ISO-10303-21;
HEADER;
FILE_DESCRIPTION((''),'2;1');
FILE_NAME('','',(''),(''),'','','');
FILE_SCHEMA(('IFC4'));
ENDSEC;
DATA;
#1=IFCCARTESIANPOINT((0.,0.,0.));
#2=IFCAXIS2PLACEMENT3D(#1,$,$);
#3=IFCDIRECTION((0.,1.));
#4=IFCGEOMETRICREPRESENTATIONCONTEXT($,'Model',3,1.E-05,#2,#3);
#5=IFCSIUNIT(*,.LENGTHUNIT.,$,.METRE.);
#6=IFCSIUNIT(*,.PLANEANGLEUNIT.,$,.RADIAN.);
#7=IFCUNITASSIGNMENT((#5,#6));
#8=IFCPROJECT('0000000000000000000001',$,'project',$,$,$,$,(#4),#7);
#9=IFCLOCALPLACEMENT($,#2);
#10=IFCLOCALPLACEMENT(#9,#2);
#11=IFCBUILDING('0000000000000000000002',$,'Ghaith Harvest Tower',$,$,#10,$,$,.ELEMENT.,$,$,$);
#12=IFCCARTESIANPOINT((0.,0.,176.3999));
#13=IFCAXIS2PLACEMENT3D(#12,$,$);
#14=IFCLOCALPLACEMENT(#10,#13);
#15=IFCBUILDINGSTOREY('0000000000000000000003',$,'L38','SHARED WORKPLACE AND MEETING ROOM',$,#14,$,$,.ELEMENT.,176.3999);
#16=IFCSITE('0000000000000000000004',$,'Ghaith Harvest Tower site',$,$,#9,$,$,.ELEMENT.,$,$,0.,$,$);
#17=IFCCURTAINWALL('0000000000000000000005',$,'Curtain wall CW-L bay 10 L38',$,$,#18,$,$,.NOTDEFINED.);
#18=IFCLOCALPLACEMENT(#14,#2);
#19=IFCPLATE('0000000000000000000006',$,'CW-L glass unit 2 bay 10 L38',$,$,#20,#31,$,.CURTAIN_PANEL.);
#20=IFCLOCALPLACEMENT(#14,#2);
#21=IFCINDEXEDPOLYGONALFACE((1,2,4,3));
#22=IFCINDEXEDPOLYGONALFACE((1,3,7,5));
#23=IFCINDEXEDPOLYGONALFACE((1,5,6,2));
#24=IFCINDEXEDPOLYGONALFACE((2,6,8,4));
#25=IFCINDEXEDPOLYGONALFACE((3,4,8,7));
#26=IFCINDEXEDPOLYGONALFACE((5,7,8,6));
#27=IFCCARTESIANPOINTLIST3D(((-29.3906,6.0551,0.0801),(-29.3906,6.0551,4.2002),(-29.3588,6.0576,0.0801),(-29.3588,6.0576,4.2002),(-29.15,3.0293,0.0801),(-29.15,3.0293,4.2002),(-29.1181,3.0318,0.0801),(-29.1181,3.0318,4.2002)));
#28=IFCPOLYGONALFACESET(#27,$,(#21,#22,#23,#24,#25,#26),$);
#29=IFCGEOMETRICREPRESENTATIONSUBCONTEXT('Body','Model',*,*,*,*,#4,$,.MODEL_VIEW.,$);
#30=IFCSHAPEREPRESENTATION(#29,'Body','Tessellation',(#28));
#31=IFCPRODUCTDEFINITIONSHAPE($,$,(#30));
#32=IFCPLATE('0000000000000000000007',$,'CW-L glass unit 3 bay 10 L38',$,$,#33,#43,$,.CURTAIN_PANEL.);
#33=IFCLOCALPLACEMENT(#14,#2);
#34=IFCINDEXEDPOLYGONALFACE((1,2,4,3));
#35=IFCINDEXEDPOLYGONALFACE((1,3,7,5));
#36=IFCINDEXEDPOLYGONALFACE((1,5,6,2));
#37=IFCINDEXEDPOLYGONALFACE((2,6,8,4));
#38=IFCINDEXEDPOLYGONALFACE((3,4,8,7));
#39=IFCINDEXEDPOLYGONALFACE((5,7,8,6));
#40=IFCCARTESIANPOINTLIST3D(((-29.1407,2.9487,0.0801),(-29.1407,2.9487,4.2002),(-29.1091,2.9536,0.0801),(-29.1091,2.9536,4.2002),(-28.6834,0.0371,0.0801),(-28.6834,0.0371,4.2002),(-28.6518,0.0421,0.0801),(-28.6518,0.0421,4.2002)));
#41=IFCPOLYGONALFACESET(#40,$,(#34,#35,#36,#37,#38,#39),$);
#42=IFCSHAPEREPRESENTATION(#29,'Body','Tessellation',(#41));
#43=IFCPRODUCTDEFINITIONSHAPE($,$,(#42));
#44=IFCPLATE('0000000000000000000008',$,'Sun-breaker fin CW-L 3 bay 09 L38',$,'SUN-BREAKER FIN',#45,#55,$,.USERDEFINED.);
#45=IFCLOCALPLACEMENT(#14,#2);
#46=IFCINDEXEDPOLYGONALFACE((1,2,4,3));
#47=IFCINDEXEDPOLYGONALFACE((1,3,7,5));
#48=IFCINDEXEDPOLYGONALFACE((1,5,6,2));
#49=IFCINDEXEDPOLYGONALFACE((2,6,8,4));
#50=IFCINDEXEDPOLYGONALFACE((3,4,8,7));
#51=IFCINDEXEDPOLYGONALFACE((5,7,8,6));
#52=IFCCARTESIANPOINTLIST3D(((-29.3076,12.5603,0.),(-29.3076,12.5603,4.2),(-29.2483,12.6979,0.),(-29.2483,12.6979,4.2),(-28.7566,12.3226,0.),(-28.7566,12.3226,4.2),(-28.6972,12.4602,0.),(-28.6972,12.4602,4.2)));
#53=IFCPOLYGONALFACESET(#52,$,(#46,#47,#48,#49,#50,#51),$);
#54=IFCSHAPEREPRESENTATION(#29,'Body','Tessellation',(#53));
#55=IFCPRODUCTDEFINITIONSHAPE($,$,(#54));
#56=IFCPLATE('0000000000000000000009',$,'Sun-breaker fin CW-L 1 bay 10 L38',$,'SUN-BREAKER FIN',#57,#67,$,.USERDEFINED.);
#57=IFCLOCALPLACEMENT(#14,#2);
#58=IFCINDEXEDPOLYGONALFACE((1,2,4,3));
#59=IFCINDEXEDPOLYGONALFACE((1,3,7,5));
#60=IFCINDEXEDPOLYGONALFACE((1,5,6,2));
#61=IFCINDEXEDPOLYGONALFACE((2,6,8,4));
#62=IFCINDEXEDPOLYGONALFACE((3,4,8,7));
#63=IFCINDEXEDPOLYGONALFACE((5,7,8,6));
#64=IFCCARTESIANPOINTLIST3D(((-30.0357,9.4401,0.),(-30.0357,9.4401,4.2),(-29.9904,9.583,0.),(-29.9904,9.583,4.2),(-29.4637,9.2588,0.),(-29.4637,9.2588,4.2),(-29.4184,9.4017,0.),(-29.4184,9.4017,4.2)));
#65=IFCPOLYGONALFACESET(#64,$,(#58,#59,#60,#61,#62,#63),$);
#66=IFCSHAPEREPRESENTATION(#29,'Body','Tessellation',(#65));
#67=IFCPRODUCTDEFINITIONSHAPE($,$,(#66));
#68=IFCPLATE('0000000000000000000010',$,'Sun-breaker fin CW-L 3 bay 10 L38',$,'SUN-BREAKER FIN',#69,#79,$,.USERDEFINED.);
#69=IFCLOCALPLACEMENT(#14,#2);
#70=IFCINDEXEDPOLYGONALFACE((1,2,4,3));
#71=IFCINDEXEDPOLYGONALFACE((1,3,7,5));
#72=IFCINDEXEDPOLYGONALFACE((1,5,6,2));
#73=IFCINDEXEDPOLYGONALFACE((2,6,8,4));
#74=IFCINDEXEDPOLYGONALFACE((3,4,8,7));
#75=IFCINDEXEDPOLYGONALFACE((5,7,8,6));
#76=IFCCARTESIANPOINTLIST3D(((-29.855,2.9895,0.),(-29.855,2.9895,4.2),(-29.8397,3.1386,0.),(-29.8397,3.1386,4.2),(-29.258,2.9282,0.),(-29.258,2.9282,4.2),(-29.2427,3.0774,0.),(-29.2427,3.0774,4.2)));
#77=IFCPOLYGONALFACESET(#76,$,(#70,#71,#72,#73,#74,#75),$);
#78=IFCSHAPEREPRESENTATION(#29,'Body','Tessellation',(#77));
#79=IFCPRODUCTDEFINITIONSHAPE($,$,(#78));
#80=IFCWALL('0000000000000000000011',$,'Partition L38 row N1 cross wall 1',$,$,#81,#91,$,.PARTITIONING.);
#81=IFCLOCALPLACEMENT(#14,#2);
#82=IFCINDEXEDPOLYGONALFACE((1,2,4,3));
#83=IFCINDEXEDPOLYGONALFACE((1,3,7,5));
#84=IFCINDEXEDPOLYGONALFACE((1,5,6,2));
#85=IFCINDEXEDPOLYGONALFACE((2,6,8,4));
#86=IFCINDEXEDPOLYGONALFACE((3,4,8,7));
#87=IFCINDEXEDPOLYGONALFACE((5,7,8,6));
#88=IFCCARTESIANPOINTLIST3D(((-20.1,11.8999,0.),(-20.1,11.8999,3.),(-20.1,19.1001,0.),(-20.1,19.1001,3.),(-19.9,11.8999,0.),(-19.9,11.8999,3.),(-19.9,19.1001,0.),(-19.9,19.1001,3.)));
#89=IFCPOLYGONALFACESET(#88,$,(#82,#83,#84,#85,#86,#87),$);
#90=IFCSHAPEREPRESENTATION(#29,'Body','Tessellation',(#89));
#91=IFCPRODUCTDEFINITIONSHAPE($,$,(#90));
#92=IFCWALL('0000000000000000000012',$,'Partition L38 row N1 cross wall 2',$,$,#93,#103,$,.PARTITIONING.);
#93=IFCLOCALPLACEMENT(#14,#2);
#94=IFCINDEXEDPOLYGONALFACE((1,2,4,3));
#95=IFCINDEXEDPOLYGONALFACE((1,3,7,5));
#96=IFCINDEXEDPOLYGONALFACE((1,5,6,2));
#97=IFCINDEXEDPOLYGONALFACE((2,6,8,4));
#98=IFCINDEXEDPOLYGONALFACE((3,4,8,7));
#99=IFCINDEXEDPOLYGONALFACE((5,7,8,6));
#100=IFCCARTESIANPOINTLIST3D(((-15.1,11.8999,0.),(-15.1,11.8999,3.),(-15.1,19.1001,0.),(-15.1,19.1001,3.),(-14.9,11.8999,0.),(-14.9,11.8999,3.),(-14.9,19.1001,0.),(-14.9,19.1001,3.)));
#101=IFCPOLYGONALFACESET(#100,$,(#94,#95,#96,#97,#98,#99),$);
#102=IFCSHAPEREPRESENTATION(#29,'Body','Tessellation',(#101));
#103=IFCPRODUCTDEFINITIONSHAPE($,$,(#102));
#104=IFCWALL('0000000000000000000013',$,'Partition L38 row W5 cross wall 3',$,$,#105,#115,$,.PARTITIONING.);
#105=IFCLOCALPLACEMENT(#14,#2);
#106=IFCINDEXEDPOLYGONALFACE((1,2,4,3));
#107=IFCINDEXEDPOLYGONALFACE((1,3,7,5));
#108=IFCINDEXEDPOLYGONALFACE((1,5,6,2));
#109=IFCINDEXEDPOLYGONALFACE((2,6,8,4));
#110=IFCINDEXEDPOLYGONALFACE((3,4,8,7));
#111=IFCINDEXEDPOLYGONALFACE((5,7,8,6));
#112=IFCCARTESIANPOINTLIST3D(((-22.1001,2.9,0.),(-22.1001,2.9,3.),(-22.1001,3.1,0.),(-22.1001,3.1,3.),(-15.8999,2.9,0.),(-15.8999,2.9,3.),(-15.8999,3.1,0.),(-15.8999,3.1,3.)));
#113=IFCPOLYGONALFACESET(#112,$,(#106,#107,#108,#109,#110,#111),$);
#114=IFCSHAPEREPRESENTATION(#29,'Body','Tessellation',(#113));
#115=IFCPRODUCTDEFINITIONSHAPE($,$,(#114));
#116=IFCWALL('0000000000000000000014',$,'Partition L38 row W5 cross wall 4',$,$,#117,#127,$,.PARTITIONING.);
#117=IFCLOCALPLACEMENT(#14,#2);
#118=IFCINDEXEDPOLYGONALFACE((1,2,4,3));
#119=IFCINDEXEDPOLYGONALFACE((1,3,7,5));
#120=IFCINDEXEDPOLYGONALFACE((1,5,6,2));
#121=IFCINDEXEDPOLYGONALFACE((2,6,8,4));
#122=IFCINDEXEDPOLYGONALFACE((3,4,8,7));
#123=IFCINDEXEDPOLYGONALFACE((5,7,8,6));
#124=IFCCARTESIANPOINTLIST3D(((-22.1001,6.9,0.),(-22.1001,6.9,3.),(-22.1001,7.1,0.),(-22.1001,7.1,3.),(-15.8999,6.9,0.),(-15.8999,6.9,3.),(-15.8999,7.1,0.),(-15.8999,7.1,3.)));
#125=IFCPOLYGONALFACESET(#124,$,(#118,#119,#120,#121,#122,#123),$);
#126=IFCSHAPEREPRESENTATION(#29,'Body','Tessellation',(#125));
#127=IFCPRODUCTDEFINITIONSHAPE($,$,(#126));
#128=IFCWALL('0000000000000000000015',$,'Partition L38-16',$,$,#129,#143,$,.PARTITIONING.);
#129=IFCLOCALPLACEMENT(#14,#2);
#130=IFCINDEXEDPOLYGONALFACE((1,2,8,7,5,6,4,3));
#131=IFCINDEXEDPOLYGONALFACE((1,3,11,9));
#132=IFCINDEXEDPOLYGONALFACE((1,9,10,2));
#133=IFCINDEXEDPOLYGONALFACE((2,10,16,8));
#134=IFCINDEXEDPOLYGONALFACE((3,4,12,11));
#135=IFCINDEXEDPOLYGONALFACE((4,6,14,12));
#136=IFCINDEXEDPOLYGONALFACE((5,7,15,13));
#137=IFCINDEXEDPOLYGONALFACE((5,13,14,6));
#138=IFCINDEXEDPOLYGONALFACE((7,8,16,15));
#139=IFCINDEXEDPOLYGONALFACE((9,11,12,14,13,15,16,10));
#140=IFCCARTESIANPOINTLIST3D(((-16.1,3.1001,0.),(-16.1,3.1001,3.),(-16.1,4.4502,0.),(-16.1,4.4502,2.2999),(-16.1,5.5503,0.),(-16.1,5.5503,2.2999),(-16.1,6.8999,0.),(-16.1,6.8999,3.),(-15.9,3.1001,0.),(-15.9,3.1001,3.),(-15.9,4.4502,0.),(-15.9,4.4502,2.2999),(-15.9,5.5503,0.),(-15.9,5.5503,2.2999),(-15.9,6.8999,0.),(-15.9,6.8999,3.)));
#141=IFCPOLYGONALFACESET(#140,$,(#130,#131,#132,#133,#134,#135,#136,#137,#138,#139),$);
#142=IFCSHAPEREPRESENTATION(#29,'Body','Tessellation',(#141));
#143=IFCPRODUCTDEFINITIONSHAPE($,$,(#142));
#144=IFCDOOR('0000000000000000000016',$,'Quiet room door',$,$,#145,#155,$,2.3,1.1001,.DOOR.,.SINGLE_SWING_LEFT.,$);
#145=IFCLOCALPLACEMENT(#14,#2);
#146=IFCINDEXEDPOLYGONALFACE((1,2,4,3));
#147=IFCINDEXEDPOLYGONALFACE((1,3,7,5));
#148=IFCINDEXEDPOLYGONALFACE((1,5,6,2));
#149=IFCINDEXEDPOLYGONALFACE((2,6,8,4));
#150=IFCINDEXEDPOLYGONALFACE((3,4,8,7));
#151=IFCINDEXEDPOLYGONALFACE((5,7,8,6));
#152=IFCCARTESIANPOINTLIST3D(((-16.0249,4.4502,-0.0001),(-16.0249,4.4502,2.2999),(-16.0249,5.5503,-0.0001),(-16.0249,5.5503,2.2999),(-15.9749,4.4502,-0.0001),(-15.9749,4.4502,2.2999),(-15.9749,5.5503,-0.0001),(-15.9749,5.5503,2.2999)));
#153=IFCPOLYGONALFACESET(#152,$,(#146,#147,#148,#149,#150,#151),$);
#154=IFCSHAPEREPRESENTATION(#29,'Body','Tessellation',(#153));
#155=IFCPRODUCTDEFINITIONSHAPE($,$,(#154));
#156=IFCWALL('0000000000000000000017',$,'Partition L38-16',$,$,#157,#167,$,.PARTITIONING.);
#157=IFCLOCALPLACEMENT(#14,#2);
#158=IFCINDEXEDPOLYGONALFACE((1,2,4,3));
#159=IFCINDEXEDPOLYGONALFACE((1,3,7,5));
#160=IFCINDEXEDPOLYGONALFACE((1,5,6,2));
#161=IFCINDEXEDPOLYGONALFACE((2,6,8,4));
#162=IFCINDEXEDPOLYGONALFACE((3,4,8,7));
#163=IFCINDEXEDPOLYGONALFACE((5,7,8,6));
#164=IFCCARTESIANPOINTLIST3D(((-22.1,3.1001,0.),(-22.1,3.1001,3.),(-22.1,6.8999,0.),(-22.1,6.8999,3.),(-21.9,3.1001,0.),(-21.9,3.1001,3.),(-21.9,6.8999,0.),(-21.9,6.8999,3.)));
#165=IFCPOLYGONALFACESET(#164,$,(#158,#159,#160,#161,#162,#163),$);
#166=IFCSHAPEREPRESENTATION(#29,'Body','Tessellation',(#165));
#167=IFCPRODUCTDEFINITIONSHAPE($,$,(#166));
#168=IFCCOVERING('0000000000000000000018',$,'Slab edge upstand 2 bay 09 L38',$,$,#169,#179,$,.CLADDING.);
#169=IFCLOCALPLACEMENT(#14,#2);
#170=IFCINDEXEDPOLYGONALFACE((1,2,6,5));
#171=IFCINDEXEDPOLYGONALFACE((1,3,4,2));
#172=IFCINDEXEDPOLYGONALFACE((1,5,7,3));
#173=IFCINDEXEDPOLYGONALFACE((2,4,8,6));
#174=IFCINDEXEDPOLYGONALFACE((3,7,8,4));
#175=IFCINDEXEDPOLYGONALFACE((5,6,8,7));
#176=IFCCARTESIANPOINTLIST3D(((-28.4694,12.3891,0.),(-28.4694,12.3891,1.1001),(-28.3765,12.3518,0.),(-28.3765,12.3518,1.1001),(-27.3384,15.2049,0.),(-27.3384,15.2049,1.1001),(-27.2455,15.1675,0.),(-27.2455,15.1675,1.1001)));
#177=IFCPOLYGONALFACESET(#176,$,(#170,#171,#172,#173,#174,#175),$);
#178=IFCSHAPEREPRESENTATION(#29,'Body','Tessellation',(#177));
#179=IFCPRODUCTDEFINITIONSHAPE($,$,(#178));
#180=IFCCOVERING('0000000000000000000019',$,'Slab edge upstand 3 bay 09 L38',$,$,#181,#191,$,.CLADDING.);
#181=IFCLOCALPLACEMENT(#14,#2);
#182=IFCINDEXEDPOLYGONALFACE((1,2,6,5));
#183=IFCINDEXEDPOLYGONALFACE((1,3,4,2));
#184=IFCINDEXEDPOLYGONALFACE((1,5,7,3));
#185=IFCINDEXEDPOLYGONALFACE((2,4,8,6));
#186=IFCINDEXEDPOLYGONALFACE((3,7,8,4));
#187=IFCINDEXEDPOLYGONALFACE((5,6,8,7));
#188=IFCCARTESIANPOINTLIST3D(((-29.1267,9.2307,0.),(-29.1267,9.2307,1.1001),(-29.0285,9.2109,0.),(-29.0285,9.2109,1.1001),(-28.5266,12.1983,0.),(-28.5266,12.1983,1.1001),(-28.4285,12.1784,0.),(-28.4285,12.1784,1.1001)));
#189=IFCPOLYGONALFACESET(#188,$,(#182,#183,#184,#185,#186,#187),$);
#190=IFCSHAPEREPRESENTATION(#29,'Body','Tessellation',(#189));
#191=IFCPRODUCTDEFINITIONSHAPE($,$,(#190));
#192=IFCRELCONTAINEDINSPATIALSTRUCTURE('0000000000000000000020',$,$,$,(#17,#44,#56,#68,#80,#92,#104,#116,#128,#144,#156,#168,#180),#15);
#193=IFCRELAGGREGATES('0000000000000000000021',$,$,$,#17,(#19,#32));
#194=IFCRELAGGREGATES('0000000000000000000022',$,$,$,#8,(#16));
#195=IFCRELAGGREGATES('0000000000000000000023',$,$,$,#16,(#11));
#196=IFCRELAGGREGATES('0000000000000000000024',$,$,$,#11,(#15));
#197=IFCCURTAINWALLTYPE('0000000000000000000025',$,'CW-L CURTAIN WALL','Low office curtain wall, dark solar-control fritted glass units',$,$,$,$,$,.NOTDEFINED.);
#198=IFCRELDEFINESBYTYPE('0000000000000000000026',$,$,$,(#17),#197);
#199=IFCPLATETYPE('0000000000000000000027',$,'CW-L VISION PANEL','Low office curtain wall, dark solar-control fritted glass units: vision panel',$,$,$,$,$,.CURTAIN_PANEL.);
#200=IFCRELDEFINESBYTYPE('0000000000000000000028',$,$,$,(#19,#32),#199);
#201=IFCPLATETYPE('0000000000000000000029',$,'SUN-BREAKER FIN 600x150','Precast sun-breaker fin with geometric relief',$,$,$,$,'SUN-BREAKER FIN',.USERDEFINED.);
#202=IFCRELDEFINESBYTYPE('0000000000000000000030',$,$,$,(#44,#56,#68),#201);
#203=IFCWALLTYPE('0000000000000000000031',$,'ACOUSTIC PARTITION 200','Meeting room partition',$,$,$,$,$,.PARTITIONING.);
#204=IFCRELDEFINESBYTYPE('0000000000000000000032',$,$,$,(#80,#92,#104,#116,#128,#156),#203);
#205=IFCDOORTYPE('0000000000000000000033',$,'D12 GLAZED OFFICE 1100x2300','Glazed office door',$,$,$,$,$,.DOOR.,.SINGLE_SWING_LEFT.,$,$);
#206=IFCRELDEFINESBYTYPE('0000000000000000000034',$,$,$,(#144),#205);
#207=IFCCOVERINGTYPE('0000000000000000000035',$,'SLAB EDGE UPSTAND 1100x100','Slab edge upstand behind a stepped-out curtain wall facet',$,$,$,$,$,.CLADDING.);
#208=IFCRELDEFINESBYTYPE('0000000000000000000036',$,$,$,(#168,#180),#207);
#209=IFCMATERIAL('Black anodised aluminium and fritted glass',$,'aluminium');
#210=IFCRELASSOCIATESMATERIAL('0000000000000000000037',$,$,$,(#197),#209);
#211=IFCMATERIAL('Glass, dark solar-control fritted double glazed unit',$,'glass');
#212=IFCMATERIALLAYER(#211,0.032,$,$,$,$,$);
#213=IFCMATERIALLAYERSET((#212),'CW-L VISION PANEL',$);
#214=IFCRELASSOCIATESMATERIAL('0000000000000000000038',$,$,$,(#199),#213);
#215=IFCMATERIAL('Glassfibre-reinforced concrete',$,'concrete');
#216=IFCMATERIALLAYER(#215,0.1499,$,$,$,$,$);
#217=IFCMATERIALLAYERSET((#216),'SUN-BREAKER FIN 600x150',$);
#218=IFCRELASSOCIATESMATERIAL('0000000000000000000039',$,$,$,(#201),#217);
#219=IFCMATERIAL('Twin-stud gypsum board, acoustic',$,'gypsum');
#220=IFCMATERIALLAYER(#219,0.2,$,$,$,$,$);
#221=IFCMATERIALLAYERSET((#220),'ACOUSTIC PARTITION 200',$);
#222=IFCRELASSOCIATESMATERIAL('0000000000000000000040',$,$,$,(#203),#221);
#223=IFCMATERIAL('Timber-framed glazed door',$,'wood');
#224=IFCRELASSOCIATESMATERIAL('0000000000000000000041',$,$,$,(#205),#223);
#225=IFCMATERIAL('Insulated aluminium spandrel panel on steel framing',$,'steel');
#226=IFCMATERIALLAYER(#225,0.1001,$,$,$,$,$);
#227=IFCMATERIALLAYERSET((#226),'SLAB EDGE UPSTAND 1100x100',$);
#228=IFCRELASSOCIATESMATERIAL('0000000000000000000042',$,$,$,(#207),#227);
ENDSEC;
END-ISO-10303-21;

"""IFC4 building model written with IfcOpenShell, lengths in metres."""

from ifc_helpers import new_model, si_unit, direction, frame, frame_2d, origin, origin_2d, place, context, subcontext, project, spatial, rectangle, extrude, material, layer, layer_set, type_object, element, fill, aggregate, save


model = new_model("IFC4")

# Units and contexts
model_context = context("Model", 3, precision=1e-05, world=origin(), true_north=direction((0.0, 1.0)))
body_context = subcontext(model_context, "Body", "Model", "MODEL_VIEW")
ifc_project = project(units=[si_unit("LENGTHUNIT", "METRE"), si_unit("PLANEANGLEUNIT", "RADIAN")], contexts=[model_context])

# Site, building, storey
site_placement = place(None, origin())
site = spatial("IfcSite", under=ifc_project, at=site_placement, Name="Ghaith Harvest Tower site", CompositionType="ELEMENT", RefElevation=0.0)
building_placement = place(site_placement, origin())
building = spatial("IfcBuilding", under=site, at=building_placement, Name="Ghaith Harvest Tower", CompositionType="ELEMENT")
storey_placement = place(building_placement, frame((0.0, 0.0, 176.3999)))
storey = spatial("IfcBuildingStorey", under=building, at=storey_placement, Name="L38", Description="SHARED WORKPLACE AND MEETING ROOM", CompositionType="ELEMENT", Elevation=176.3999)

# Shared definitions
ifc_material_1 = material(Name="Black anodised aluminium and fritted glass", Category="aluminium")
curtain_wall_type = type_object("IfcCurtainWallType", Name="CW-L CURTAIN WALL", Description="Low office curtain wall, dark solar-control fritted glass units", PredefinedType="NOTDEFINED", material=ifc_material_1)

# Curtain wall
curtain_wall_1_placement = place(storey_placement, origin())
curtain_wall_1 = element("IfcCurtainWall", 1, at=curtain_wall_1_placement, inside=storey, type_object=curtain_wall_type, Name="Curtain wall CW-L bay 10 L38", PredefinedType="NOTDEFINED")

# Plates
ifc_material_2 = material(Name="Glass, dark solar-control fritted double glazed unit", Category="glass")
ifc_layer_1 = layer(ifc_material_2, 0.032)
ifc_layer_set_1 = layer_set([ifc_layer_1], Name="CW-L VISION PANEL")
plate_type_1 = type_object("IfcPlateType", Name="CW-L VISION PANEL", Description="Low office curtain wall, dark solar-control fritted glass units: vision panel", PredefinedType="CURTAIN_PANEL", material=ifc_layer_set_1)
plate_1_placement = place(storey_placement, frame((-29.2544, 4.5435, 0.0801), z_axis=(0.0, 0.0, 1.0), x_axis=(0.079273, -0.996853, 0.0)))
plate_1 = element("IfcPlate", 2, at=plate_1_placement, type_object=plate_type_1, Name="CW-L glass unit 2 bay 10 L38", PredefinedType="CURTAIN_PANEL", context=body_context, shape_type="SweptSolid", body=[
    extrude(rectangle(XDim=3.0354, YDim=0.032, at=origin_2d()), origin(), (0.0, 0.0, 1.0), 4.1201),
])
plate_2_placement = place(storey_placement, frame((-28.8962, 1.4954, 0.0801), z_axis=(0.0, 0.0, 1.0), x_axis=(0.155172, -0.987887, 0.0)))
plate_2 = element("IfcPlate", 3, at=plate_2_placement, type_object=plate_type_1, Name="CW-L glass unit 3 bay 10 L38", PredefinedType="CURTAIN_PANEL", context=body_context, shape_type="SweptSolid", body=[
    extrude(rectangle(XDim=2.9473, YDim=0.032, at=origin_2d()), origin(), (0.0, 0.0, 1.0), 4.1201),
])
aggregate(curtain_wall_1, [plate_1, plate_2])

# Plates
ifc_material_3 = material(Name="Glassfibre-reinforced concrete", Category="concrete")
ifc_layer_2 = layer(ifc_material_3, 0.1499)
ifc_layer_set_2 = layer_set([ifc_layer_2], Name="SUN-BREAKER FIN 600x150")
plate_type_2 = type_object("IfcPlateType", Name="SUN-BREAKER FIN 600x150", Description="Precast sun-breaker fin with geometric relief", ElementType="SUN-BREAKER FIN", PredefinedType="USERDEFINED", material=ifc_layer_set_2)
for number, where, z_axis, x_axis, name in (
    (4, (-29.0024, 12.5103, 0.0), (0.0, 0.0, 1.0), (-0.918218, 0.396075, 0.0), "Sun-breaker fin CW-L 3 bay 09 L38"),
    (5, (-29.7271, 9.4209, 0.0), (0.0, 0.0, 1.0), (-0.953273, 0.30211, 0.0), "Sun-breaker fin CW-L 1 bay 10 L38"),
    (6, (-29.5488, 3.0334, 0.0), (0.0, 0.0, 1.0), (-0.994772, 0.102123, 0.0), "Sun-breaker fin CW-L 3 bay 10 L38"),
):
    element("IfcPlate", number, at=place(storey_placement, frame(where, z_axis=z_axis, x_axis=x_axis)), inside=storey, type_object=plate_type_2, Name=name, ObjectType="SUN-BREAKER FIN", PredefinedType="USERDEFINED", context=body_context, shape_type="SweptSolid", body=[
        extrude(rectangle(XDim=0.6001, YDim=0.1499, at=origin_2d()), origin(), (0.0, 0.0, 1.0), 4.2),
    ])

# Walls
ifc_material_4 = material(Name="Twin-stud gypsum board, acoustic", Category="gypsum")
ifc_layer_3 = layer(ifc_material_4, 0.2)
ifc_layer_set_3 = layer_set([ifc_layer_3], Name="ACOUSTIC PARTITION 200")
wall_type = type_object("IfcWallType", Name="ACOUSTIC PARTITION 200", Description="Meeting room partition", PredefinedType="PARTITIONING", material=ifc_layer_set_3)
for number, where, z_axis, x_axis, name in (
    (7, (-20.0, 11.8999, 0.0), (0.0, 0.0, 1.0), (0.0, 1.0, 0.0), "Partition L38 row N1 cross wall 1"),
    (8, (-15.0, 11.8999, 0.0), (0.0, 0.0, 1.0), (0.0, 1.0, 0.0), "Partition L38 row N1 cross wall 2"),
):
    element("IfcWall", number, at=place(storey_placement, frame(where, z_axis=z_axis, x_axis=x_axis)), inside=storey, type_object=wall_type, Name=name, PredefinedType="PARTITIONING", context=body_context, shape_type="SweptSolid", body=[
        extrude(rectangle(XDim=7.2002, YDim=0.2, at=frame_2d((3.6001, 0.0))), origin(), (0.0, 0.0, 1.0), 3.0),
    ])

# Walls
for number, where, z_axis, x_axis, name in (
    (9, (-15.8999, 3.0, 0.0), (0.0, 0.0, 1.0), (-1.0, 0.0, 0.0), "Partition L38 row W5 cross wall 3"),
    (10, (-15.8999, 7.0, 0.0), (0.0, 0.0, 1.0), (-1.0, 0.0, 0.0), "Partition L38 row W5 cross wall 4"),
):
    element("IfcWall", number, at=place(storey_placement, frame(where, z_axis=z_axis, x_axis=x_axis)), inside=storey, type_object=wall_type, Name=name, PredefinedType="PARTITIONING", context=body_context, shape_type="SweptSolid", body=[
        extrude(rectangle(XDim=6.2002, YDim=0.2, at=frame_2d((3.1001, 0.0))), origin(), (0.0, 0.0, 1.0), 3.0),
    ])

# Wall, opening, door
wall_1_placement = place(storey_placement, frame((-16.0, 3.1001, 0.0), z_axis=(0.0, 0.0, 1.0), x_axis=(0.0, 1.0, 0.0)))
wall_1 = element("IfcWall", 11, at=wall_1_placement, inside=storey, type_object=wall_type, Name="Partition L38-16", PredefinedType="PARTITIONING", context=body_context, shape_type="SweptSolid", body=[
    extrude(rectangle(XDim=3.7998, YDim=0.2, at=frame_2d((1.8999, 0.0))), origin(), (0.0, 0.0, 1.0), 3.0),
])
opening_1_placement = place(wall_1_placement, frame((1.3501, 0.0, 0.0)))
opening_1 = element("IfcOpeningElement", 12, at=opening_1_placement, cuts=wall_1, PredefinedType="OPENING", context=body_context, shape_type="SweptSolid", body=[
    extrude(rectangle(XDim=1.1001, YDim=2.3, at=frame_2d((0.55, 1.1499))), frame((0.0, 0.1099, 0.0), z_axis=(0.0, -1.0, 0.0), x_axis=(1.0, 0.0, 0.0)), (0.0, 0.0, 1.0), 0.22),
])
ifc_material_5 = material(Name="Timber-framed glazed door", Category="wood")
door_type_1 = type_object("IfcDoorType", Name="D12 GLAZED OFFICE 1100x2300", Description="Glazed office door", OperationType="SINGLE_SWING_LEFT", PredefinedType="DOOR", material=ifc_material_5)
door_1_placement = place(opening_1_placement, origin())
door_1 = element("IfcDoor", 13, at=door_1_placement, inside=storey, type_object=door_type_1, Name="Quiet room door", OperationType="SINGLE_SWING_LEFT", OverallHeight=2.3, OverallWidth=1.1001, PredefinedType="DOOR", context=body_context, shape_type="SweptSolid", body=[
    extrude(rectangle(XDim=1.1001, YDim=2.3, at=frame_2d((0.55, 1.1499))), frame((0.0, 0.0249, 0.0), z_axis=(0.0, -1.0, 0.0), x_axis=(1.0, 0.0, 0.0)), (0.0, 0.0, 1.0), 0.05),
])
fill(opening_1, door_1)

# Wall
wall_2_placement = place(storey_placement, frame((-22.0, 3.1001, 0.0), z_axis=(0.0, 0.0, 1.0), x_axis=(0.0, 1.0, 0.0)))
element("IfcWall", 14, at=wall_2_placement, inside=storey, type_object=wall_type, Name="Partition L38-16", PredefinedType="PARTITIONING", context=body_context, shape_type="SweptSolid", body=[
    extrude(rectangle(XDim=3.7998, YDim=0.2, at=frame_2d((1.8999, 0.0))), origin(), (0.0, 0.0, 1.0), 3.0),
])

# Coverings
ifc_material_6 = material(Name="Insulated aluminium spandrel panel on steel framing", Category="steel")
ifc_layer_4 = layer(ifc_material_6, 0.1001)
ifc_layer_set_4 = layer_set([ifc_layer_4], Name="SLAB EDGE UPSTAND 1100x100")
covering_type = type_object("IfcCoveringType", Name="SLAB EDGE UPSTAND 1100x100", Description="Slab edge upstand behind a stepped-out curtain wall facet", PredefinedType="CLADDING", material=ifc_layer_set_4)
covering_1_placement = place(storey_placement, frame((-27.8574, 13.7783, 0.0), z_axis=(0.0, 0.0, 1.0), x_axis=(-0.372732, -0.927939, 0.0)))
element("IfcCovering", 15, at=covering_1_placement, inside=storey, type_object=covering_type, Name="Slab edge upstand 2 bay 09 L38", PredefinedType="CLADDING", context=body_context, shape_type="SweptSolid", body=[
    extrude(rectangle(XDim=3.0344, YDim=0.1001, at=origin_2d()), origin(), (0.0, 0.0, 1.0), 1.1001),
])
covering_2_placement = place(storey_placement, frame((-28.7776, 10.7046, 0.0), z_axis=(0.0, 0.0, 1.0), x_axis=(-0.198183, -0.980165, 0.0)))
element("IfcCovering", 16, at=covering_2_placement, inside=storey, type_object=covering_type, Name="Slab edge upstand 3 bay 09 L38", PredefinedType="CLADDING", context=body_context, shape_type="SweptSolid", body=[
    extrude(rectangle(XDim=3.0276, YDim=0.1001, at=origin_2d()), origin(), (0.0, 0.0, 1.0), 1.1001),
])

save(model, "model.ifc")
